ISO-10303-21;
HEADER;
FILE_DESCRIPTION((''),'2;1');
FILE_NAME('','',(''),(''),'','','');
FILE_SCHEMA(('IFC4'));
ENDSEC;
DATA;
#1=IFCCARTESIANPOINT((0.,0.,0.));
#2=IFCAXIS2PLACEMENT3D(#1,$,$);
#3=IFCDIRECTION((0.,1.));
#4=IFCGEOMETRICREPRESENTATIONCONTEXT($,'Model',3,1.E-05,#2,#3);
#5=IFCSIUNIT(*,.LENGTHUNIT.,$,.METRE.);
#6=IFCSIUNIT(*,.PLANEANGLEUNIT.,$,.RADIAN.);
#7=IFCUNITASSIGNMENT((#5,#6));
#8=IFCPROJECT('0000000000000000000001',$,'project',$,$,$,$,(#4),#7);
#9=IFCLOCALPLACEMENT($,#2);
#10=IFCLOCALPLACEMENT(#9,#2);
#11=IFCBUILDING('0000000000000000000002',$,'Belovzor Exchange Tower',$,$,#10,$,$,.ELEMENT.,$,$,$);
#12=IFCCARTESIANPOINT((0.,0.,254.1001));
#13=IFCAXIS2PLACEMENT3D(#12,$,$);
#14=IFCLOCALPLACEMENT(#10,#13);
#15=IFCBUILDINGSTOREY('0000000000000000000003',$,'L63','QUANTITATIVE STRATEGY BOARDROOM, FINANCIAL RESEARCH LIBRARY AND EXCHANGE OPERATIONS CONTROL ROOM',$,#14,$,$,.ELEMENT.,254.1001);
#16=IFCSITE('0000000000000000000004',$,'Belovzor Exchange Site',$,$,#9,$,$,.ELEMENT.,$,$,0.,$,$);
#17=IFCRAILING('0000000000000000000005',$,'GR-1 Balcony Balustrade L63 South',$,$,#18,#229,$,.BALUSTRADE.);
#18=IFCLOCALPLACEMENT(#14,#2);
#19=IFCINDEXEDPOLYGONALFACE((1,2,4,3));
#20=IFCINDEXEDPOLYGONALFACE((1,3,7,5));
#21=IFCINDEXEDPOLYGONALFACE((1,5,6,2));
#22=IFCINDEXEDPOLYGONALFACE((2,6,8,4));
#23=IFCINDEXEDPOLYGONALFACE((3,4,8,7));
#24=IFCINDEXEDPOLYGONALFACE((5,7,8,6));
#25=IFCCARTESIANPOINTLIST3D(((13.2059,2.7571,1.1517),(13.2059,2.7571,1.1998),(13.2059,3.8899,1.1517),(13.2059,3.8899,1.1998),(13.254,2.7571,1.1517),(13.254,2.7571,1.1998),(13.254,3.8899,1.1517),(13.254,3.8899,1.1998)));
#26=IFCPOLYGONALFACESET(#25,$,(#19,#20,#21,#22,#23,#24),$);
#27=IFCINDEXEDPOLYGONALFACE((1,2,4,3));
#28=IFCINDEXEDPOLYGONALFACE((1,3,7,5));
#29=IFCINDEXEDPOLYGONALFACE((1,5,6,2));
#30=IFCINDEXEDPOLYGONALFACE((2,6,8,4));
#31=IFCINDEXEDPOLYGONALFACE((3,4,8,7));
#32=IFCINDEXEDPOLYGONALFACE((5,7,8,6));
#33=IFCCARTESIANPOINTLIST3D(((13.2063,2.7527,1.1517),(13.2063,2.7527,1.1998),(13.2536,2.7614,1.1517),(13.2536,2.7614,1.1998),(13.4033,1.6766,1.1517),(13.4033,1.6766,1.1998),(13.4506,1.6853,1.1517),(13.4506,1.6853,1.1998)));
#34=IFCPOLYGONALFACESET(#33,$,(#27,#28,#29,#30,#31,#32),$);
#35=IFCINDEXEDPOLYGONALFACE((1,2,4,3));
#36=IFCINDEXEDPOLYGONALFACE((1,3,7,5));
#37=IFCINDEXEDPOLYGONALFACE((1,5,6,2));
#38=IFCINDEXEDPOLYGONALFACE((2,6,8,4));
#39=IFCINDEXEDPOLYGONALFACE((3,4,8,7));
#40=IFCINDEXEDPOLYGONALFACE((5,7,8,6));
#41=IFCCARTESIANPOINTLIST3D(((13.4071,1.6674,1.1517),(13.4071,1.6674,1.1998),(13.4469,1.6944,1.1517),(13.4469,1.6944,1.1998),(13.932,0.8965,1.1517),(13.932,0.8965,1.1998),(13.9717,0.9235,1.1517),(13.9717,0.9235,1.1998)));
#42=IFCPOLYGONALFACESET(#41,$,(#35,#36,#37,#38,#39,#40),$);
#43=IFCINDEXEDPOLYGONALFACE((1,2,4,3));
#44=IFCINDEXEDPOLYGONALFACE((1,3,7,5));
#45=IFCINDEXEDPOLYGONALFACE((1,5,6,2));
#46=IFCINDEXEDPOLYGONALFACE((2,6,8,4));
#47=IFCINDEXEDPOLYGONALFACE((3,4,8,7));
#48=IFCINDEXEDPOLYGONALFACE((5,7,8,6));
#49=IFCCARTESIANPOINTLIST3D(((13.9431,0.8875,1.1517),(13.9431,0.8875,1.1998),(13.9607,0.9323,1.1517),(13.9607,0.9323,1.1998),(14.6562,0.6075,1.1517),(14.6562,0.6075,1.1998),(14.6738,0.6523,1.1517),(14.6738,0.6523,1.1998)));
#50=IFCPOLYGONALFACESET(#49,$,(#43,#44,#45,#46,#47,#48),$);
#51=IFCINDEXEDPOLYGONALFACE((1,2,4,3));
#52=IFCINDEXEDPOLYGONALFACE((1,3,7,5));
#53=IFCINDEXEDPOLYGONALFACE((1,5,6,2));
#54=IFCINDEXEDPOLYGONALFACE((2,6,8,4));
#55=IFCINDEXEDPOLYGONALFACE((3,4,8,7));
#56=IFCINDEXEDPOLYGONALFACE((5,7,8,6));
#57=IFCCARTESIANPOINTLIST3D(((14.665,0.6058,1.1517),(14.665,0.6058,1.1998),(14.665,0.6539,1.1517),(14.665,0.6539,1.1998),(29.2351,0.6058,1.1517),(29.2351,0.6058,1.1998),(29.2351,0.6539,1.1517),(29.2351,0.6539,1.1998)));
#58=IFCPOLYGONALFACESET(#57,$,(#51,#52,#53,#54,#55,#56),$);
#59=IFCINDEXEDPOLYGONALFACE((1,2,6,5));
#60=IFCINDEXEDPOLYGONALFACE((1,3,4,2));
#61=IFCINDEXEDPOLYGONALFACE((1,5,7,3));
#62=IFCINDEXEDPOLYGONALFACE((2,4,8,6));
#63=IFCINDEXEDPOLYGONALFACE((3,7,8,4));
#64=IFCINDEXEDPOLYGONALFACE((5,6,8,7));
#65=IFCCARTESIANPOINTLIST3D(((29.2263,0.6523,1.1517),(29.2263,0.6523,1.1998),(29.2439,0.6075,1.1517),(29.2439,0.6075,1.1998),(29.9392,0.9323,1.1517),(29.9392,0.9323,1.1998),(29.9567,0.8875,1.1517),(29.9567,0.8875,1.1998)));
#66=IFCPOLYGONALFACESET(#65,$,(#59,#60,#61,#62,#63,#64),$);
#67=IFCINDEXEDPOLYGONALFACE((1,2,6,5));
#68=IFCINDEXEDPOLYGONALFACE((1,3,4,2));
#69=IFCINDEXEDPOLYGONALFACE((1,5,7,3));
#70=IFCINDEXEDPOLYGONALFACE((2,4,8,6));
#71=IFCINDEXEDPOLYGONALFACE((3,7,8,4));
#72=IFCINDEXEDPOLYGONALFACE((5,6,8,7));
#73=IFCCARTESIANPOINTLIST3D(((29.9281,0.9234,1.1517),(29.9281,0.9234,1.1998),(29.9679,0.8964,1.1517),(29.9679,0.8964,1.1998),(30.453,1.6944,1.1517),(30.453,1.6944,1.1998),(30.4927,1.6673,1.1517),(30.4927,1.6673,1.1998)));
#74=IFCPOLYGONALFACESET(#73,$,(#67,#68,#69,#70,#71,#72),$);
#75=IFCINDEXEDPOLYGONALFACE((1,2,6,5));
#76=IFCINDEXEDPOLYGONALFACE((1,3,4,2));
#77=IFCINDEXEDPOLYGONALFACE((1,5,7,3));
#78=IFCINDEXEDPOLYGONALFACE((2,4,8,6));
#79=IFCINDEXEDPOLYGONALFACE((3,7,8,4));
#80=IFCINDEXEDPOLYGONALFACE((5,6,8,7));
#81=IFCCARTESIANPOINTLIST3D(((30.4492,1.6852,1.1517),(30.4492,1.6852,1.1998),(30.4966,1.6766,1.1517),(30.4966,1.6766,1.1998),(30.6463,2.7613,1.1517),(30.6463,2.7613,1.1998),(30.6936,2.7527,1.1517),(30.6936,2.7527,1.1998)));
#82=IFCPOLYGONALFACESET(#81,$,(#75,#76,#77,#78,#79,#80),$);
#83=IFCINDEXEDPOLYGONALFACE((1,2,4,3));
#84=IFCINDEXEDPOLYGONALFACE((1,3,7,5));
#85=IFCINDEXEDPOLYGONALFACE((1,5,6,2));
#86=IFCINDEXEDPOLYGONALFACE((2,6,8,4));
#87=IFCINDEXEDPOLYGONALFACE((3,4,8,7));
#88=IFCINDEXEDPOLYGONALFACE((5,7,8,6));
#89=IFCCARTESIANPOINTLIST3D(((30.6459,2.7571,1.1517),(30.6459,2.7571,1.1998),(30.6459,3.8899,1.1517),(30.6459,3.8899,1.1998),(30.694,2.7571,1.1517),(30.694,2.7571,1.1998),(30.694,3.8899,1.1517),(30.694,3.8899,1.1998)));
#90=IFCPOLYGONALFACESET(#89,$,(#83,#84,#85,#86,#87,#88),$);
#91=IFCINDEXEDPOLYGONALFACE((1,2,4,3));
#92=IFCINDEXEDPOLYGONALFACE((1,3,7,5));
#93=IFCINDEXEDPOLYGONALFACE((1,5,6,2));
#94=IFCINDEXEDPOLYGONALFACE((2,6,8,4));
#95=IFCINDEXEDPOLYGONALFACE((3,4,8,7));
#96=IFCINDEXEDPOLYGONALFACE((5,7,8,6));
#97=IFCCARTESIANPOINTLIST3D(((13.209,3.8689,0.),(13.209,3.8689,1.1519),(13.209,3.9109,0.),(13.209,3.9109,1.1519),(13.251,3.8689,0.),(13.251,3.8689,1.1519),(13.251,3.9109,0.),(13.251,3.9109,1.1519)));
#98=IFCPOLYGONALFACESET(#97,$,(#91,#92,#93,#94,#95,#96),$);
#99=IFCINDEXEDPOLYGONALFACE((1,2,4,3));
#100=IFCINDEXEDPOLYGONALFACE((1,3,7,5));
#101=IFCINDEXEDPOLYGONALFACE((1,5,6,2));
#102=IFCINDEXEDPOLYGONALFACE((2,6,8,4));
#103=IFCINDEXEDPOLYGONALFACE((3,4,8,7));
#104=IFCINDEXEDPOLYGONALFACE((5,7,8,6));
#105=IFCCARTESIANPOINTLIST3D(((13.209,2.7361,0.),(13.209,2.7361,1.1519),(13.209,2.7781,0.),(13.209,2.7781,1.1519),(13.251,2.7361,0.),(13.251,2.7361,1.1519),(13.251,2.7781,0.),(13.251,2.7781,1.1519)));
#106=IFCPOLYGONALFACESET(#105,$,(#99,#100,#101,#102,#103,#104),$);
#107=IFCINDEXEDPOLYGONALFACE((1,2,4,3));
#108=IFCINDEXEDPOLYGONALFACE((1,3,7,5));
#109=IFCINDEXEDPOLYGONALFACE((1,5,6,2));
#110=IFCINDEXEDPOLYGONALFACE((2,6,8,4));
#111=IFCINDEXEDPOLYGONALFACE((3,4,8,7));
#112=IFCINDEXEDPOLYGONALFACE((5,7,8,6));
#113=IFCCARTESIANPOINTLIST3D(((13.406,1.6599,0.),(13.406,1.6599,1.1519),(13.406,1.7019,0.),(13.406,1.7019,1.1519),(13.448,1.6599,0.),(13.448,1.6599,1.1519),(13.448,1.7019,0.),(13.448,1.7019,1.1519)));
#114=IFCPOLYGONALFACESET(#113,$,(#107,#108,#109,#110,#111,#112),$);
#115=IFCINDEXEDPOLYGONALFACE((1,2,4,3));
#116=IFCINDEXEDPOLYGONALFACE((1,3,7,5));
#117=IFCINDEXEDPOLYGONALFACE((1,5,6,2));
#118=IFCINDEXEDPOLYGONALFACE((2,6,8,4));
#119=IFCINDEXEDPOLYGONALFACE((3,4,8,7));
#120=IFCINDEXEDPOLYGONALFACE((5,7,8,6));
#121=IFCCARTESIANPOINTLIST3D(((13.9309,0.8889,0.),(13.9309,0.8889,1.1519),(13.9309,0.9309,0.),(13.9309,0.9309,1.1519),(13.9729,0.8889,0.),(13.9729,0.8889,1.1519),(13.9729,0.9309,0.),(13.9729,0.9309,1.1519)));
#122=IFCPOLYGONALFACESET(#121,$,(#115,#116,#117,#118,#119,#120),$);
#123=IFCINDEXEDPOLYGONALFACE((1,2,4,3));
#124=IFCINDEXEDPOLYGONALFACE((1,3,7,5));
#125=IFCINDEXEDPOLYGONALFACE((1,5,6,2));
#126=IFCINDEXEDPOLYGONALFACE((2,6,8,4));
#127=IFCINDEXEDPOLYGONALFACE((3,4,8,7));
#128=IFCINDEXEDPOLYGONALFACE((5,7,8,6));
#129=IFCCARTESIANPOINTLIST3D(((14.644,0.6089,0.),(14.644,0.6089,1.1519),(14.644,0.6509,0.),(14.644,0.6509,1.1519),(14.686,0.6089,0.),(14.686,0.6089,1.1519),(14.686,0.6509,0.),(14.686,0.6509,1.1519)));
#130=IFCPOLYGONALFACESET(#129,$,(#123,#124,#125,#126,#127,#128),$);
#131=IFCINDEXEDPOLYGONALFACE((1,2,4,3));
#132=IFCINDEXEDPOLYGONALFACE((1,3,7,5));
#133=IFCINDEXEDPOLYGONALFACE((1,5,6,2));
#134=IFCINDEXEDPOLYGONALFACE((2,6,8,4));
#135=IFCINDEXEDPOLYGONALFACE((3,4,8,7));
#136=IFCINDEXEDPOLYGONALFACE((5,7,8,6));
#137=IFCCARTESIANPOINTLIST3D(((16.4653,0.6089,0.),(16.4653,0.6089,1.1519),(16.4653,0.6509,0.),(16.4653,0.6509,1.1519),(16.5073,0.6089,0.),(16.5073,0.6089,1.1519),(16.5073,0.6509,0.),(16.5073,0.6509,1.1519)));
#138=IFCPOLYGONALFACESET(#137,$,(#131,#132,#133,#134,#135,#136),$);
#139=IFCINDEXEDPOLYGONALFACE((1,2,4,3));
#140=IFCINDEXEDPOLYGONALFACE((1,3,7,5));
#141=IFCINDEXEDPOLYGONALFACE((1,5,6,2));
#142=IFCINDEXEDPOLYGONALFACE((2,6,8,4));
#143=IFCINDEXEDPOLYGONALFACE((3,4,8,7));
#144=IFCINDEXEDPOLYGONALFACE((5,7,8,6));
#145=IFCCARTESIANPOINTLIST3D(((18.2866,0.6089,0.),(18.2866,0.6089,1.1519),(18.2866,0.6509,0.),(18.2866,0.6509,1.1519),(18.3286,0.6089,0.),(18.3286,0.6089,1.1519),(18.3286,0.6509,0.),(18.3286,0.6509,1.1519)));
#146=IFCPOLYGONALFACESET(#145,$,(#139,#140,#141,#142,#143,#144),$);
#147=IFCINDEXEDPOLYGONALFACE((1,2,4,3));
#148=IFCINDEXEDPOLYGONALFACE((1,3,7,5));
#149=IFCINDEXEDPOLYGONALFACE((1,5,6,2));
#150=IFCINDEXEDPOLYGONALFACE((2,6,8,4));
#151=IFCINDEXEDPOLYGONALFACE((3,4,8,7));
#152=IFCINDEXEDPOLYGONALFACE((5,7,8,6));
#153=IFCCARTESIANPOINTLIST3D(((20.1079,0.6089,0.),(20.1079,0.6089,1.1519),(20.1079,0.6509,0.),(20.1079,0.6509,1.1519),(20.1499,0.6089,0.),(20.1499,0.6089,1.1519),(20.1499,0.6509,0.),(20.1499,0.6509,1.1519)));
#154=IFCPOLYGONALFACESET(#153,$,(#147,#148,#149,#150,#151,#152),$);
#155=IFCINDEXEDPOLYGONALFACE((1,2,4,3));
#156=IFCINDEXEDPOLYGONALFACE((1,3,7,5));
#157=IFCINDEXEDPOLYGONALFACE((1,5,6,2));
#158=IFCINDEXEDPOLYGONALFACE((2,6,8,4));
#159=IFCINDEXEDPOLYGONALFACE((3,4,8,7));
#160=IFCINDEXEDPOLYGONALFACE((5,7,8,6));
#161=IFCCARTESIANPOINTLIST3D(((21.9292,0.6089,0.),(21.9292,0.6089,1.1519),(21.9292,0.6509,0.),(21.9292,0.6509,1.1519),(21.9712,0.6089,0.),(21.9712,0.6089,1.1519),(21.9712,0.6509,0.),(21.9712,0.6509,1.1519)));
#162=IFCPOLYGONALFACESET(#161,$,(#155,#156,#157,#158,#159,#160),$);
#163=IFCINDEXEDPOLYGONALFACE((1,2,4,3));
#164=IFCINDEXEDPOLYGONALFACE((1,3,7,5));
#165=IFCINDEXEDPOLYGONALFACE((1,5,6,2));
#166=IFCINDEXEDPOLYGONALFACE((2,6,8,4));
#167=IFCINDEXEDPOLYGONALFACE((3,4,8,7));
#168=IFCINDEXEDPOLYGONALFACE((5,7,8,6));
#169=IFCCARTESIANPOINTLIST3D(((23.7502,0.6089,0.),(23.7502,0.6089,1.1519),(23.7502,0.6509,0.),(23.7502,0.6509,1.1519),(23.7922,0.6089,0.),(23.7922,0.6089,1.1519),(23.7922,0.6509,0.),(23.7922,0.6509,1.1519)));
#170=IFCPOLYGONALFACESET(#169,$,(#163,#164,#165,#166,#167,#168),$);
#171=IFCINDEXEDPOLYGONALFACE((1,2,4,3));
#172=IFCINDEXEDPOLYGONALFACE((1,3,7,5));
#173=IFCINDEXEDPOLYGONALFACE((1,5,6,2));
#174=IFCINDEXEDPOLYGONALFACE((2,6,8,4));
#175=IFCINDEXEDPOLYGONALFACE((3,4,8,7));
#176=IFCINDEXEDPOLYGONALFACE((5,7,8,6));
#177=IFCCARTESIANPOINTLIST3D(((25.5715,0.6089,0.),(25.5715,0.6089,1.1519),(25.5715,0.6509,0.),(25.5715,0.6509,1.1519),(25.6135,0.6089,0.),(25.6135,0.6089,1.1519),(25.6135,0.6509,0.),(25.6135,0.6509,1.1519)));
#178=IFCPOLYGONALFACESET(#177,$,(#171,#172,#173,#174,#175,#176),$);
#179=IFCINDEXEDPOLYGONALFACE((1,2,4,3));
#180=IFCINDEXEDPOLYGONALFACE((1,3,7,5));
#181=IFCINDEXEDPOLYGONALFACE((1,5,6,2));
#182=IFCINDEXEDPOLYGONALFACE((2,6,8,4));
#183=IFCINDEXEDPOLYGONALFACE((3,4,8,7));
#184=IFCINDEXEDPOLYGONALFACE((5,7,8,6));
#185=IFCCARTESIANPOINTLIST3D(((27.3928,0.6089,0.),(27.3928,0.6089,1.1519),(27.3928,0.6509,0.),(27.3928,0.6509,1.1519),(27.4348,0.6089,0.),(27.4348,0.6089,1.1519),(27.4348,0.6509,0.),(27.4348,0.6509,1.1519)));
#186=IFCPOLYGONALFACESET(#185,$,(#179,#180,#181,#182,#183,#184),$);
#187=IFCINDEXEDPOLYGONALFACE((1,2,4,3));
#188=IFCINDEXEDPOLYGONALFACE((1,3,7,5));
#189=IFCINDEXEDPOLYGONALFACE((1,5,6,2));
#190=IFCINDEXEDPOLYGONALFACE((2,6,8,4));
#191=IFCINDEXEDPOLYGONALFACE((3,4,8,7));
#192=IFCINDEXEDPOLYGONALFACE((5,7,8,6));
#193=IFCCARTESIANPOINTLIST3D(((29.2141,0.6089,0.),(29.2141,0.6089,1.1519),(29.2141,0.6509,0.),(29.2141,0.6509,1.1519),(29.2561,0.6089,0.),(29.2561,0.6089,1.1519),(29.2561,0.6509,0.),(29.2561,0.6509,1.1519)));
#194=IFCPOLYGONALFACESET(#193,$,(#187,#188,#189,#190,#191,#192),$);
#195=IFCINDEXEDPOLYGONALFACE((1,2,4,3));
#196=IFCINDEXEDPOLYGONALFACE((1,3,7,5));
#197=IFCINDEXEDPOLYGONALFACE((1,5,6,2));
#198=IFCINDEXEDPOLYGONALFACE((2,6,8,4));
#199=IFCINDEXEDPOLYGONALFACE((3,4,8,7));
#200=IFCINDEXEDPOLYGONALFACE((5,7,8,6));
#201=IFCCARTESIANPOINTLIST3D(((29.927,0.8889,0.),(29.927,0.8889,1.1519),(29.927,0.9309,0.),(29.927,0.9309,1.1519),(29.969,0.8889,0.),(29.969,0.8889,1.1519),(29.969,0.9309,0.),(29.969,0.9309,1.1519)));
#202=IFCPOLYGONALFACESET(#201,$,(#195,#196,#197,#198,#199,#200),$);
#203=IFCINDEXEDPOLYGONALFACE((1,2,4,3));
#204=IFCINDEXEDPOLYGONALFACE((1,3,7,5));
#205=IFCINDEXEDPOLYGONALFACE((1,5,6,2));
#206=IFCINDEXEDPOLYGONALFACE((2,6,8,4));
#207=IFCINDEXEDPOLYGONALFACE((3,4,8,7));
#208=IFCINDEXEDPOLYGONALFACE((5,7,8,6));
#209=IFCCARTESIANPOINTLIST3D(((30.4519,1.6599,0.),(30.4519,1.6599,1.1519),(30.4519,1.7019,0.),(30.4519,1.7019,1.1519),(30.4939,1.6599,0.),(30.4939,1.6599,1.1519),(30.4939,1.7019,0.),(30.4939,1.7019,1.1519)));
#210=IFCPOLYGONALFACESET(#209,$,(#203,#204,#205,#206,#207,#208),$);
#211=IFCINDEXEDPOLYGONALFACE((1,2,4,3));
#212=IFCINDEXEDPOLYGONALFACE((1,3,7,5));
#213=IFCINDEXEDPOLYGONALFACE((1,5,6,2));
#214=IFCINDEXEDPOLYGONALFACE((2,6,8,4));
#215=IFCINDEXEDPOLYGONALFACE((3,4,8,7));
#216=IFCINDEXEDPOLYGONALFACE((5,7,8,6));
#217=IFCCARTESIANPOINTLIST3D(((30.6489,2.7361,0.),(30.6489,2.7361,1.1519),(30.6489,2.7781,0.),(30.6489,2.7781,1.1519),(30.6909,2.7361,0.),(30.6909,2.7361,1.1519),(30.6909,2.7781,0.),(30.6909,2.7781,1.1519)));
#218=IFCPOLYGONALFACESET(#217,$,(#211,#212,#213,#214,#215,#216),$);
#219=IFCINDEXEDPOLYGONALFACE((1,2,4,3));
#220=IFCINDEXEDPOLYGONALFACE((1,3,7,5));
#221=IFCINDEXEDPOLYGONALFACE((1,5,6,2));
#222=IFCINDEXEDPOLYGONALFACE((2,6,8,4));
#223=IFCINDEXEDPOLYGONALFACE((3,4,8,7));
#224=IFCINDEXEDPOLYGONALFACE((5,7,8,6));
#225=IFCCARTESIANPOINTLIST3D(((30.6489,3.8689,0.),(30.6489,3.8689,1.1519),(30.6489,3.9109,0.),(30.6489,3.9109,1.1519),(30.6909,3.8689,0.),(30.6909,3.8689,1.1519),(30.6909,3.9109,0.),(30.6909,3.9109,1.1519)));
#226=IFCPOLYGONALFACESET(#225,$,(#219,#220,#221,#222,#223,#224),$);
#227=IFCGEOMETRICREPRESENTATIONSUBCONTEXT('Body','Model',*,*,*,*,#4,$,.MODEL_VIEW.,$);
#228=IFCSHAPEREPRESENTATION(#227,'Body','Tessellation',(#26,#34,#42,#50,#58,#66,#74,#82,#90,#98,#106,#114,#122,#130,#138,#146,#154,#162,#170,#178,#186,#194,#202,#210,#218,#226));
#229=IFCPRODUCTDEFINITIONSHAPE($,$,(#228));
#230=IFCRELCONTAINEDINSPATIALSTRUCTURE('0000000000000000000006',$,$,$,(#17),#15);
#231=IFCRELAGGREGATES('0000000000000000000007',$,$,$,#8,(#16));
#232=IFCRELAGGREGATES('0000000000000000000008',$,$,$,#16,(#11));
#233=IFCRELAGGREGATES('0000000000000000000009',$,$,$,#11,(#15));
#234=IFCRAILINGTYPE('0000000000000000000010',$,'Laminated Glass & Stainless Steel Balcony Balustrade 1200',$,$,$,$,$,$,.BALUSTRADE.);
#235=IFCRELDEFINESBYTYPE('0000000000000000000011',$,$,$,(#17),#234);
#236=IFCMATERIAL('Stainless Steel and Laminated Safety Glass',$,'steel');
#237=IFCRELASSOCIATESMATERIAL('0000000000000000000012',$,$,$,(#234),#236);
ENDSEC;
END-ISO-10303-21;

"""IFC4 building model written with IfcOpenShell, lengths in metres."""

from ifc_helpers import new_model, si_unit, direction, frame, origin, origin_2d, place, context, subcontext, project, spatial, rectangle, extrude, material, type_object, element, save


model = new_model("IFC4")

# Units and contexts
model_context = context("Model", 3, precision=1e-05, world=origin(), true_north=direction((0.0, 1.0)))
body_context = subcontext(model_context, "Body", "Model", "MODEL_VIEW")
ifc_project = project(units=[si_unit("LENGTHUNIT", "METRE"), si_unit("PLANEANGLEUNIT", "RADIAN")], contexts=[model_context])

# Site, building, storey
site_placement = place(None, origin())
site = spatial("IfcSite", under=ifc_project, at=site_placement, Name="Belovzor Exchange Site", CompositionType="ELEMENT", RefElevation=0.0)
building_placement = place(site_placement, origin())
building = spatial("IfcBuilding", under=site, at=building_placement, Name="Belovzor Exchange Tower", CompositionType="ELEMENT")
storey_placement = place(building_placement, frame((0.0, 0.0, 254.1001)))
storey = spatial("IfcBuildingStorey", under=building, at=storey_placement, Name="L63", Description="QUANTITATIVE STRATEGY BOARDROOM, FINANCIAL RESEARCH LIBRARY AND EXCHANGE OPERATIONS CONTROL ROOM", CompositionType="ELEMENT", Elevation=254.1001)

# Railing
ifc_material_1 = material(Name="Stainless Steel and Laminated Safety Glass", Category="steel")
railing_type = type_object("IfcRailingType", Name="Laminated Glass & Stainless Steel Balcony Balustrade 1200", PredefinedType="BALUSTRADE", material=ifc_material_1)
railing_placement = place(storey_placement, frame((13.23, 3.8899, 0.0)))
element("IfcRailing", 1, at=railing_placement, inside=storey, type_object=railing_type, Name="GR-1 Balcony Balustrade L63 South", PredefinedType="BALUSTRADE", context=body_context, shape_type="SweptSolid", body=[
    extrude(rectangle(XDim=0.0481, YDim=0.0481, at=origin_2d()), frame((0.0, 0.0, 1.1758), z_axis=(0.0, -1.0, 0.0), x_axis=(1.0, 0.0, 0.0)), (0.0, 0.0, 1.0), 1.1328),
    extrude(rectangle(XDim=0.0481, YDim=0.0481, at=origin_2d()), frame((0.0, -1.1328, 1.1758), z_axis=(0.180083, -0.983651, 0.0), x_axis=(0.983651, 0.180083, 0.0)), (0.0, 0.0, 1.0), 1.094),
    extrude(rectangle(XDim=0.0481, YDim=0.0481, at=origin_2d()), frame((0.197, -2.209, 1.1758), z_axis=(0.562768, -0.826615, 0.0), x_axis=(0.826615, 0.562768, 0.0)), (0.0, 0.0, 1.0), 0.9326),
    extrude(rectangle(XDim=0.0481, YDim=0.0481, at=origin_2d()), frame((0.7219, -2.98, 1.1758), z_axis=(0.93081, -0.365504, 0.0), x_axis=(0.365504, 0.93081, 0.0)), (0.0, 0.0, 1.0), 0.7661),
    extrude(rectangle(XDim=0.0481, YDim=0.0481, at=origin_2d()), frame((1.4351, -3.26, 1.1758), z_axis=(1.0, 0.0, 0.0), x_axis=(0.0, 1.0, 0.0)), (0.0, 0.0, 1.0), 14.5701),
    extrude(rectangle(XDim=0.0481, YDim=0.0481, at=origin_2d()), frame((16.0051, -3.26, 1.1758), z_axis=(0.930767, 0.365613, 0.0), x_axis=(-0.365613, 0.930767, 0.0)), (0.0, 0.0, 1.0), 0.7659),
    extrude(rectangle(XDim=0.0481, YDim=0.0481, at=origin_2d()), frame((16.718, -2.98, 1.1758), z_axis=(0.562768, 0.826615, 0.0), x_axis=(-0.826615, 0.562768, 0.0)), (0.0, 0.0, 1.0), 0.9326),
    extrude(rectangle(XDim=0.0481, YDim=0.0481, at=origin_2d()), frame((17.2429, -2.209, 1.1758), z_axis=(0.180083, 0.983651, 0.0), x_axis=(-0.983651, 0.180083, 0.0)), (0.0, 0.0, 1.0), 1.094),
    extrude(rectangle(XDim=0.0481, YDim=0.0481, at=origin_2d()), frame((17.4399, -1.1328, 1.1758), z_axis=(0.0, 1.0, 0.0), x_axis=(-1.0, 0.0, 0.0)), (0.0, 0.0, 1.0), 1.1328),
    extrude(rectangle(XDim=0.042, YDim=0.042, at=origin_2d()), origin(), (0.0, 0.0, 1.0), 1.1519),
    extrude(rectangle(XDim=0.042, YDim=0.042, at=origin_2d()), frame((0.0, -1.1328, 0.0)), (0.0, 0.0, 1.0), 1.1519),
    extrude(rectangle(XDim=0.042, YDim=0.042, at=origin_2d()), frame((0.197, -2.209, 0.0)), (0.0, 0.0, 1.0), 1.1519),
    extrude(rectangle(XDim=0.042, YDim=0.042, at=origin_2d()), frame((0.7219, -2.98, 0.0)), (0.0, 0.0, 1.0), 1.1519),
    extrude(rectangle(XDim=0.042, YDim=0.042, at=origin_2d()), frame((1.4351, -3.26, 0.0)), (0.0, 0.0, 1.0), 1.1519),
    extrude(rectangle(XDim=0.042, YDim=0.042, at=origin_2d()), frame((3.2563, -3.26, 0.0)), (0.0, 0.0, 1.0), 1.1519),
    extrude(rectangle(XDim=0.042, YDim=0.042, at=origin_2d()), frame((5.0776, -3.26, 0.0)), (0.0, 0.0, 1.0), 1.1519),
    extrude(rectangle(XDim=0.042, YDim=0.042, at=origin_2d()), frame((6.8989, -3.26, 0.0)), (0.0, 0.0, 1.0), 1.1519),
    extrude(rectangle(XDim=0.042, YDim=0.042, at=origin_2d()), frame((8.7202, -3.26, 0.0)), (0.0, 0.0, 1.0), 1.1519),
    extrude(rectangle(XDim=0.042, YDim=0.042, at=origin_2d()), frame((10.5413, -3.26, 0.0)), (0.0, 0.0, 1.0), 1.1519),
    extrude(rectangle(XDim=0.042, YDim=0.042, at=origin_2d()), frame((12.3625, -3.26, 0.0)), (0.0, 0.0, 1.0), 1.1519),
    extrude(rectangle(XDim=0.042, YDim=0.042, at=origin_2d()), frame((14.1838, -3.26, 0.0)), (0.0, 0.0, 1.0), 1.1519),
    extrude(rectangle(XDim=0.042, YDim=0.042, at=origin_2d()), frame((16.0051, -3.26, 0.0)), (0.0, 0.0, 1.0), 1.1519),
    extrude(rectangle(XDim=0.042, YDim=0.042, at=origin_2d()), frame((16.718, -2.98, 0.0)), (0.0, 0.0, 1.0), 1.1519),
    extrude(rectangle(XDim=0.042, YDim=0.042, at=origin_2d()), frame((17.2429, -2.209, 0.0)), (0.0, 0.0, 1.0), 1.1519),
    extrude(rectangle(XDim=0.042, YDim=0.042, at=origin_2d()), frame((17.4399, -1.1328, 0.0)), (0.0, 0.0, 1.0), 1.1519),
    extrude(rectangle(XDim=0.042, YDim=0.042, at=origin_2d()), frame((17.4399, 0.0, 0.0)), (0.0, 0.0, 1.0), 1.1519),
])

save(model, "model.ifc")
